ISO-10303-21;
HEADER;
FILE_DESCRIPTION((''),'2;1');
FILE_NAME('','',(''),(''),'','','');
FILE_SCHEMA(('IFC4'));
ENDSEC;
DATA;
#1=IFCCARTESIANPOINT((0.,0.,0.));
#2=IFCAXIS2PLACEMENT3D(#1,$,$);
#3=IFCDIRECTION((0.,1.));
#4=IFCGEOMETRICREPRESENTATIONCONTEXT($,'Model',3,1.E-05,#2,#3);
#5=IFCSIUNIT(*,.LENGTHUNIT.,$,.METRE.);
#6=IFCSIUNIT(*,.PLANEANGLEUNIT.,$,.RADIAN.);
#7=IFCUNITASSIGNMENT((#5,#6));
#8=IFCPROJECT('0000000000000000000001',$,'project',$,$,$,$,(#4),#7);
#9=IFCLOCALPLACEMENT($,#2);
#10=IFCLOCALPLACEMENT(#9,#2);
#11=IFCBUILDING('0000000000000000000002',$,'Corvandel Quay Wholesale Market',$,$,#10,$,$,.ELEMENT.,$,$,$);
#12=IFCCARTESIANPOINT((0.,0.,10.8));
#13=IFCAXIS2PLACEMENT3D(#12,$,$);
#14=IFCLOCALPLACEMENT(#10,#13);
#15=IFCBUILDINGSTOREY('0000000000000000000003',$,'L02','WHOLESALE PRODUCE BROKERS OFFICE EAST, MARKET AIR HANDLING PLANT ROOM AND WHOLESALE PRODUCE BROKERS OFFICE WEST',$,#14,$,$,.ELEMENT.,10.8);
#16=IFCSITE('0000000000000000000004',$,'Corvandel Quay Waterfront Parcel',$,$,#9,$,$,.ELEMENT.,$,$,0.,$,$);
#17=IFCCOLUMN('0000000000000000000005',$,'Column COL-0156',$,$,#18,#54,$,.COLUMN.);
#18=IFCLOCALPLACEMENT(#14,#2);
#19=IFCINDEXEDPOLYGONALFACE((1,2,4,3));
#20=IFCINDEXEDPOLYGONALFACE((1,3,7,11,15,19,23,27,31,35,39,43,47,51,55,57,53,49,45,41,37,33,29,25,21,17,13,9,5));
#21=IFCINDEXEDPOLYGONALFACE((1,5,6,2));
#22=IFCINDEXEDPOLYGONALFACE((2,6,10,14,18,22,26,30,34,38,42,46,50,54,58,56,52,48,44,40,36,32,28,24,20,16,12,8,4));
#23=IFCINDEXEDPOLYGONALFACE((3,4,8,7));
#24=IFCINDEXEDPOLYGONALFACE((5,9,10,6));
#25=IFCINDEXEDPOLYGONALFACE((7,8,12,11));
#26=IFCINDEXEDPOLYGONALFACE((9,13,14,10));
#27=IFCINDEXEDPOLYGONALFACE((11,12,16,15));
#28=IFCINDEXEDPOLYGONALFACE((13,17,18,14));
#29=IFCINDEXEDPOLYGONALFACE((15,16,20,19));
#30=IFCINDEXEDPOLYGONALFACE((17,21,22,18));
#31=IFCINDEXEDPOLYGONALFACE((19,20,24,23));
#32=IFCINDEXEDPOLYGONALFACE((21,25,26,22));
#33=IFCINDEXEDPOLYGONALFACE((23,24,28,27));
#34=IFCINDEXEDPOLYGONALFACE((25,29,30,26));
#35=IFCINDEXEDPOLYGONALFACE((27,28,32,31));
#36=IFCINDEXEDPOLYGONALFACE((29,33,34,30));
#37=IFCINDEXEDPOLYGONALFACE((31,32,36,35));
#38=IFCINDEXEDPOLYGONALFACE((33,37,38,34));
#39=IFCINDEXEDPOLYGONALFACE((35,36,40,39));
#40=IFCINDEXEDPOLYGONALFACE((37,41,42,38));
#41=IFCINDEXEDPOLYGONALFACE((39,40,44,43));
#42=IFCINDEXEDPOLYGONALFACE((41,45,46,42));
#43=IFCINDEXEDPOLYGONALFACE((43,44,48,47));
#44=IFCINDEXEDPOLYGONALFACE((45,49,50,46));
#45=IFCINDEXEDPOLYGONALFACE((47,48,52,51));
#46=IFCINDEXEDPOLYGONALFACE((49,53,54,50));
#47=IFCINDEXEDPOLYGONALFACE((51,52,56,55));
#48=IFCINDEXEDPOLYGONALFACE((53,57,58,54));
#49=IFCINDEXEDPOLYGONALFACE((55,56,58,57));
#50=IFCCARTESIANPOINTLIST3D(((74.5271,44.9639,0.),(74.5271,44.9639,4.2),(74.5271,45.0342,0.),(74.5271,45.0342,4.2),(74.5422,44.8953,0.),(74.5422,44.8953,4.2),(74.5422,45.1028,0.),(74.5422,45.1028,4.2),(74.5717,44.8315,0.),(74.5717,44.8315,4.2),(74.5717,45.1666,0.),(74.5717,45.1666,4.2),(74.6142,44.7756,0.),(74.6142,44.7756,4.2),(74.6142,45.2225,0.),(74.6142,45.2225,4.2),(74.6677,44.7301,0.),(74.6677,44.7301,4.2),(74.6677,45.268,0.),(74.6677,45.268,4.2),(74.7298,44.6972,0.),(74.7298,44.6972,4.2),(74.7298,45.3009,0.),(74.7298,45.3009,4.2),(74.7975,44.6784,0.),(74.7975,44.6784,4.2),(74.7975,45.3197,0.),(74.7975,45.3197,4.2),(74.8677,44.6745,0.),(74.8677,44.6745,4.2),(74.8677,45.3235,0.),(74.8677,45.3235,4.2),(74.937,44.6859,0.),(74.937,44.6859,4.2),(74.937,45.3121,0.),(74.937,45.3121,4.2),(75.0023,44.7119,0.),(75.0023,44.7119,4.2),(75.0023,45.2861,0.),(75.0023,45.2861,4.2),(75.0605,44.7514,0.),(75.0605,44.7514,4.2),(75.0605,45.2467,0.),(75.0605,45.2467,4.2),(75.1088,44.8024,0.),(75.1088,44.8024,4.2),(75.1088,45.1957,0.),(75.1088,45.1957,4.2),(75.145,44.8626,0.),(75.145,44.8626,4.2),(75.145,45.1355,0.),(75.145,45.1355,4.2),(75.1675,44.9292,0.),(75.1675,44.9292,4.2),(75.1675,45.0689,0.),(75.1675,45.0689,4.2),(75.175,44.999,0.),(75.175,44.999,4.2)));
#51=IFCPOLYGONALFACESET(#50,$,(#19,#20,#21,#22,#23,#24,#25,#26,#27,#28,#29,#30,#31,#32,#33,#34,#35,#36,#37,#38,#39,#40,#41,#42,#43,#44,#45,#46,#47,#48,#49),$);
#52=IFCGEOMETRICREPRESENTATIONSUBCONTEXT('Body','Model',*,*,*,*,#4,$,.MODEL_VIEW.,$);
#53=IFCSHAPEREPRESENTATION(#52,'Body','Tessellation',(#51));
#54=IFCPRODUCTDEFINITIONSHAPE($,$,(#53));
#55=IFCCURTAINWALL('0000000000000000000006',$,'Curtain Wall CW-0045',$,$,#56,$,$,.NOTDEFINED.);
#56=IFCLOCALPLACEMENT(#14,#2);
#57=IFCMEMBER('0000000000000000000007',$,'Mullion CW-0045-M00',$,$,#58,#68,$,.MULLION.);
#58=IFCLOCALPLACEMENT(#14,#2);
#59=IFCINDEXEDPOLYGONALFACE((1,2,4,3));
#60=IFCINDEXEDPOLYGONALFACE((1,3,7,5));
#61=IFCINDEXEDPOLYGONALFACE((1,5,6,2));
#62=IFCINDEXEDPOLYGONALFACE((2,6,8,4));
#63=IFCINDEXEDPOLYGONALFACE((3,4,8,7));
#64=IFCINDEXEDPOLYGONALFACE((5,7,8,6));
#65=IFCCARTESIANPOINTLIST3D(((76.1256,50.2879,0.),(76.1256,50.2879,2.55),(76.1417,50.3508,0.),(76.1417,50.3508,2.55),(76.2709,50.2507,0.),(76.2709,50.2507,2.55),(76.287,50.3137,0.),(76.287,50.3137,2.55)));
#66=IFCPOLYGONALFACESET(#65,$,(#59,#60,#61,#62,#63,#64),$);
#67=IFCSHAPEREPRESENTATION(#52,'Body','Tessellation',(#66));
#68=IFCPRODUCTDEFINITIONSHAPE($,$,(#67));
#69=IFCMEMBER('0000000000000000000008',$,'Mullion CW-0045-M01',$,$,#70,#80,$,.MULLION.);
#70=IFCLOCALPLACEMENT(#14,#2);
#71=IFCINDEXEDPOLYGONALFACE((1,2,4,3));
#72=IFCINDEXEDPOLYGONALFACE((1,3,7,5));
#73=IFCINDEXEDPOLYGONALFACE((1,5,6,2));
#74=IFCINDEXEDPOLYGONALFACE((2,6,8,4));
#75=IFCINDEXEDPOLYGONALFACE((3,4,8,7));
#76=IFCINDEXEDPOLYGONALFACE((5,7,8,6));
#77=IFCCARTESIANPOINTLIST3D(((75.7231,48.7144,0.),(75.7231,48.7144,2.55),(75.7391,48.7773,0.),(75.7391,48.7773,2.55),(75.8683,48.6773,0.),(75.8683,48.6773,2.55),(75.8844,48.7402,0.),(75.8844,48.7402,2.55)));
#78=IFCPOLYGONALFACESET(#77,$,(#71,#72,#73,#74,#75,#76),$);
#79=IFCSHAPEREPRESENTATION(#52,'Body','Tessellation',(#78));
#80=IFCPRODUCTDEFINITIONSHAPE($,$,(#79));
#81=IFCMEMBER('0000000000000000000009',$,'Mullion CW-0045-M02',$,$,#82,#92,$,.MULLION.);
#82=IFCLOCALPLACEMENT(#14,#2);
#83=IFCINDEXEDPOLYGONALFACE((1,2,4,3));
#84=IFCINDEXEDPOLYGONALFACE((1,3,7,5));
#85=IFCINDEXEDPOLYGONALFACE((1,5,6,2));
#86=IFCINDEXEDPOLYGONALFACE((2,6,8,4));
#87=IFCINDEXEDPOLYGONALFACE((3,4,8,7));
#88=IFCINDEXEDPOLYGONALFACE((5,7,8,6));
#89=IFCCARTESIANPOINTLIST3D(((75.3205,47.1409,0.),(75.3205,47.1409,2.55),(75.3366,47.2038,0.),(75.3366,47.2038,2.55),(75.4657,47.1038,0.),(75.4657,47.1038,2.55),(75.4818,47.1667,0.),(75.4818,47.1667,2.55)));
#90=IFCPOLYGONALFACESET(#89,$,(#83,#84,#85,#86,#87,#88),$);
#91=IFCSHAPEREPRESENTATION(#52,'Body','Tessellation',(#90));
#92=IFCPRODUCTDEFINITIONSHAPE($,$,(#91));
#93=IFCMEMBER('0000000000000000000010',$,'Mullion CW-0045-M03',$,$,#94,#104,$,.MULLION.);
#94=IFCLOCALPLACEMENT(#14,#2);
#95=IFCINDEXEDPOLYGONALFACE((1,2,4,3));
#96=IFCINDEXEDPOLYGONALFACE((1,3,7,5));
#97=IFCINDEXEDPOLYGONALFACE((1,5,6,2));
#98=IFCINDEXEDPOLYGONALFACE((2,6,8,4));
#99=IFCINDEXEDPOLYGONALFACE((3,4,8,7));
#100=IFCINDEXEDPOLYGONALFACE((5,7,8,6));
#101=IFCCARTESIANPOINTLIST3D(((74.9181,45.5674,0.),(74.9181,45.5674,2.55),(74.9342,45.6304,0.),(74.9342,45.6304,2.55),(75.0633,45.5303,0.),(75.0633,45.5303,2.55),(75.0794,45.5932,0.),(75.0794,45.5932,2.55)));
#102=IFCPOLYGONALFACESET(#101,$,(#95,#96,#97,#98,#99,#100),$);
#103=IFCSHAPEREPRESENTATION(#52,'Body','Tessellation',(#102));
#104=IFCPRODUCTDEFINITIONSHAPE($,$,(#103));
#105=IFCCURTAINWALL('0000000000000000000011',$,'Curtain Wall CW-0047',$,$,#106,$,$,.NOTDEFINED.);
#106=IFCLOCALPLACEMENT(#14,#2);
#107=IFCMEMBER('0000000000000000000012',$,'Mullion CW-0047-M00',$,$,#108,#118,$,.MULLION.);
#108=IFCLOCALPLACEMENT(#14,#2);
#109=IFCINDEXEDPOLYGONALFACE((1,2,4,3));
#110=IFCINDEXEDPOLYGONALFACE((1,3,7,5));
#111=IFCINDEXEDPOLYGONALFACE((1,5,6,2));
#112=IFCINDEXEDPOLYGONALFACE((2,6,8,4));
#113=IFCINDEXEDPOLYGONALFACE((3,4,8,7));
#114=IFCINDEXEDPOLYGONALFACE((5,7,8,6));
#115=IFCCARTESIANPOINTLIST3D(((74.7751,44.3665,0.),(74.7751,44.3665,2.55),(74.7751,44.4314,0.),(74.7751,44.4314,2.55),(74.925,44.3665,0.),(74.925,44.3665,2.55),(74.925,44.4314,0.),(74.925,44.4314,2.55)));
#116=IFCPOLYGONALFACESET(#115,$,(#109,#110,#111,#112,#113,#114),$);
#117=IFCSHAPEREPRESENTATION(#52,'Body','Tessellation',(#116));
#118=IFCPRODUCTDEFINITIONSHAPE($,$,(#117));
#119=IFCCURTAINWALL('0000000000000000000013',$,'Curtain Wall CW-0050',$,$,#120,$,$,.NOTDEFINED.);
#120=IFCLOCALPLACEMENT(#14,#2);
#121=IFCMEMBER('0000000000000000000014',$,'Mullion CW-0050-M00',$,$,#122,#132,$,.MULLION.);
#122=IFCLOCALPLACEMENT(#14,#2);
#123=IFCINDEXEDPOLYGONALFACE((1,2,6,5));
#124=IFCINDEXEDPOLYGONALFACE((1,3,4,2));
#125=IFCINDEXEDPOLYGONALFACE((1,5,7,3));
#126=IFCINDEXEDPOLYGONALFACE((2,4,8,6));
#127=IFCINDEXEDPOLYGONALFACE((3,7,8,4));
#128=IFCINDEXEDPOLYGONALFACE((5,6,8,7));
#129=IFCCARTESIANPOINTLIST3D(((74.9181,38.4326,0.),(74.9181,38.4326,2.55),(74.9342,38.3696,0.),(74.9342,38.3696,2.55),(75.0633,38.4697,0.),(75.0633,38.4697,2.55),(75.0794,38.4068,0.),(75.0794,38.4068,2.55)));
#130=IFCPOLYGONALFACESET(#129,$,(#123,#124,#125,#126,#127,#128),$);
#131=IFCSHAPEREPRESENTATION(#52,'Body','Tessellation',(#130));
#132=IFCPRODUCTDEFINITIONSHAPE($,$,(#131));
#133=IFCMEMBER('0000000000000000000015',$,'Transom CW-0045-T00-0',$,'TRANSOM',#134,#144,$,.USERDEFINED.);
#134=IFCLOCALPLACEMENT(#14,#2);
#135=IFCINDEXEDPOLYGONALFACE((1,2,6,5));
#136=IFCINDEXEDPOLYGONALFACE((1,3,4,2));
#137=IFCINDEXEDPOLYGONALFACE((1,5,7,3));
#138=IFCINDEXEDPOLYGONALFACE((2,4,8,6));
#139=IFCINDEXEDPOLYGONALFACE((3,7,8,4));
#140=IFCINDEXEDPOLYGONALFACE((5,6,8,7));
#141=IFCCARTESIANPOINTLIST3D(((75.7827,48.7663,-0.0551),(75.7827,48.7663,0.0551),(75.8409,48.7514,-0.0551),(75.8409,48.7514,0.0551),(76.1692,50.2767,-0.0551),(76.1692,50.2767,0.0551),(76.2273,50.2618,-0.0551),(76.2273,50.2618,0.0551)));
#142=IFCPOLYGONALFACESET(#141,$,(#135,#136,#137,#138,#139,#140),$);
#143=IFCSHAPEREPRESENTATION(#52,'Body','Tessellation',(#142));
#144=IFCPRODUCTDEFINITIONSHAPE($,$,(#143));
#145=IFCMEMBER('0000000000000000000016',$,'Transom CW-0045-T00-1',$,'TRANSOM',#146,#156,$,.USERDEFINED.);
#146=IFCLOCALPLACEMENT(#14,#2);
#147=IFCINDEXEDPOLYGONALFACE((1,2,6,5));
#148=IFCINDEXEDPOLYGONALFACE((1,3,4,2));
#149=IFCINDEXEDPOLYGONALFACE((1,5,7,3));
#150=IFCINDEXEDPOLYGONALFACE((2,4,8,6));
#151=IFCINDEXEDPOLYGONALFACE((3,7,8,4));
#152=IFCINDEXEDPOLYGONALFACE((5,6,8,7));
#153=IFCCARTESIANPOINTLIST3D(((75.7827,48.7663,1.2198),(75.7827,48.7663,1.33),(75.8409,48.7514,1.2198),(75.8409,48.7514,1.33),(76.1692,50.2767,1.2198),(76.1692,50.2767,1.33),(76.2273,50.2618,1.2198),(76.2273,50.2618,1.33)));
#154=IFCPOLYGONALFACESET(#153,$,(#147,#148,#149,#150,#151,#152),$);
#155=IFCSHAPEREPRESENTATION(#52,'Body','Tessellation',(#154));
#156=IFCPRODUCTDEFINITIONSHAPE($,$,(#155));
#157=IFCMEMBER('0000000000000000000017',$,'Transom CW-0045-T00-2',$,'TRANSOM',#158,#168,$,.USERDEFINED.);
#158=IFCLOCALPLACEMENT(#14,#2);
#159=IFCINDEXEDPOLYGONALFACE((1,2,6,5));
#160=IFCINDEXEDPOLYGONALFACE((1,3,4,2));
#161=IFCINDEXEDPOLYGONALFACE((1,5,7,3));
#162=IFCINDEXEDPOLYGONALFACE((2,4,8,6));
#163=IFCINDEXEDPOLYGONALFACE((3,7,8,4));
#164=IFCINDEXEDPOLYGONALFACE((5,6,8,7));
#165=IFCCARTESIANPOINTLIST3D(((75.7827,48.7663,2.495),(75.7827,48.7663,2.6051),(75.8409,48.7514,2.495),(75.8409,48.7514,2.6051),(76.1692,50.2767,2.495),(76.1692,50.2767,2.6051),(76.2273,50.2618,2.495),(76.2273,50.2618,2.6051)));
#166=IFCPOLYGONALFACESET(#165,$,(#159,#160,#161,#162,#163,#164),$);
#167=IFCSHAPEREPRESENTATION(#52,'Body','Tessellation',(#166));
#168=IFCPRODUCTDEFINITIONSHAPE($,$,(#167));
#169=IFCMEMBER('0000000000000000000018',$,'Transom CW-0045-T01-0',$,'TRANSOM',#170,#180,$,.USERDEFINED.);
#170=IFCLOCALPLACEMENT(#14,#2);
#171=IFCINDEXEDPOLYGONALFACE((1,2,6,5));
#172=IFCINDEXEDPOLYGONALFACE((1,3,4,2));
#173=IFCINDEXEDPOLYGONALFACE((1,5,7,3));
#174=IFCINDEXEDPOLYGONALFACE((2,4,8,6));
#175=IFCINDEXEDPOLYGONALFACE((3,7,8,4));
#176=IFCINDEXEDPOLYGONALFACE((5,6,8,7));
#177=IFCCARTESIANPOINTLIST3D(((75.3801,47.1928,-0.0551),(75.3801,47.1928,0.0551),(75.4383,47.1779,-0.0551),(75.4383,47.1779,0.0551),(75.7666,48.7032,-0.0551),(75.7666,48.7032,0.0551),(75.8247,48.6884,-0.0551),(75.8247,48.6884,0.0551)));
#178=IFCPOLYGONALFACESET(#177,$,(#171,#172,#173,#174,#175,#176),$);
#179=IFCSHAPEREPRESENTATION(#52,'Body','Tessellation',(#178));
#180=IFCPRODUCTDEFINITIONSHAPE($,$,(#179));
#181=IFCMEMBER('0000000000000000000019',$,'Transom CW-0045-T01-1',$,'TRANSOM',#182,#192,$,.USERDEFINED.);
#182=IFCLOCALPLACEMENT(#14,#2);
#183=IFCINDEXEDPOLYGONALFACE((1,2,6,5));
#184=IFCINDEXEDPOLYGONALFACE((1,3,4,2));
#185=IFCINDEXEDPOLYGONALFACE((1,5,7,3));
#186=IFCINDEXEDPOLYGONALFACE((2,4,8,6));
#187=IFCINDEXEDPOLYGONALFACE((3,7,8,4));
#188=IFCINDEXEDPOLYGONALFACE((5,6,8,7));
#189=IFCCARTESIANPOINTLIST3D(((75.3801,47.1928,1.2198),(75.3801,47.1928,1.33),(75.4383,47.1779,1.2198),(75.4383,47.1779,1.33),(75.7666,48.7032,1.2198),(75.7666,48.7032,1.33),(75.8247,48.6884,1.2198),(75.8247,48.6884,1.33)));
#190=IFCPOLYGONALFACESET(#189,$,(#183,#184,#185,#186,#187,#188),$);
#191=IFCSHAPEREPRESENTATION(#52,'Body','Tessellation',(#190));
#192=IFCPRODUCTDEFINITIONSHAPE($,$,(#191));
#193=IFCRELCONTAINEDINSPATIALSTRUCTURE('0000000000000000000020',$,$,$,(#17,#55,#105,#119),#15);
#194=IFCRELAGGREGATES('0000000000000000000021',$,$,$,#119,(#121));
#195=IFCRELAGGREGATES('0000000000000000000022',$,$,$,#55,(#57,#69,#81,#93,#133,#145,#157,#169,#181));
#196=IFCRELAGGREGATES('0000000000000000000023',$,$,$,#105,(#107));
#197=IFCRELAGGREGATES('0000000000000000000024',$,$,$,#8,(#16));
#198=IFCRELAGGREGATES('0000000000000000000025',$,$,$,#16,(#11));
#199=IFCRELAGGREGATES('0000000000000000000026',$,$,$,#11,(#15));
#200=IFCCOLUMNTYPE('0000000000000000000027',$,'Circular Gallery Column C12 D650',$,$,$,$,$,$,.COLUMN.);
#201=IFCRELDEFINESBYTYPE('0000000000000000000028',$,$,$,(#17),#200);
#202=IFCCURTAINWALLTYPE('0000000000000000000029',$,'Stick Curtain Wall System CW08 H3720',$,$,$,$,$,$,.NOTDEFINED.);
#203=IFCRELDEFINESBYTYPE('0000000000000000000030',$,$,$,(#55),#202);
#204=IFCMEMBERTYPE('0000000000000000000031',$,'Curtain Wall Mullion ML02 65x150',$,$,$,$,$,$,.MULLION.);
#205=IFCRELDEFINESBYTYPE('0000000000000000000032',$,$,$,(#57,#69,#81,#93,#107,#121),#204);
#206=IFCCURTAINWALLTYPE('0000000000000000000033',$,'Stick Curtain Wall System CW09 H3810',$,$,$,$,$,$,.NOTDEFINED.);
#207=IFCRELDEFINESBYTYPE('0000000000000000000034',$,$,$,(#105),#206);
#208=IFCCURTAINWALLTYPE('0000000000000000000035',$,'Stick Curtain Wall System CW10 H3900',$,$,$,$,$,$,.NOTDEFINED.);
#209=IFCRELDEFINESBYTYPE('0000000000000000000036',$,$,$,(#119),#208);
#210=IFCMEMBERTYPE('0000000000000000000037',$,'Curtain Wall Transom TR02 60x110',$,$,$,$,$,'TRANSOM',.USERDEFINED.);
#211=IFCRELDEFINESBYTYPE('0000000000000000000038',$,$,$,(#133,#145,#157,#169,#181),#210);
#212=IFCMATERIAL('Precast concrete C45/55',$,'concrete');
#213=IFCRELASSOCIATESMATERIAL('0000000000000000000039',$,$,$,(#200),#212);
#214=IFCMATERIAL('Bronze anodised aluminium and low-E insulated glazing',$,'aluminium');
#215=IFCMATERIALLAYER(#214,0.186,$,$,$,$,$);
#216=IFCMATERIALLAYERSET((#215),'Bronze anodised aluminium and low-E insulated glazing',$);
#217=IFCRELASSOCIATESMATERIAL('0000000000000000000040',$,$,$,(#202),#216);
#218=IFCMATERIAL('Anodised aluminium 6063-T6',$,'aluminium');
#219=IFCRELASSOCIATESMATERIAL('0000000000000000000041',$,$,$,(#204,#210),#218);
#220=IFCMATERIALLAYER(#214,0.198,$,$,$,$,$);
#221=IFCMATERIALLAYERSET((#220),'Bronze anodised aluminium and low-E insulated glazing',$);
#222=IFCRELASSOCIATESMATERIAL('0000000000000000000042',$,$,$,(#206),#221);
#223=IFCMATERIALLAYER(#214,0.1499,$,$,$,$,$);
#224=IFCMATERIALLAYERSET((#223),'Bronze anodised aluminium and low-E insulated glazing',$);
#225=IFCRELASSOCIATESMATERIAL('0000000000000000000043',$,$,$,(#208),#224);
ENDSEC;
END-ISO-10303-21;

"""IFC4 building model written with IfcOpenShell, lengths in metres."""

from ifc_helpers import new_model, si_unit, direction, frame, origin, origin_2d, place, context, subcontext, project, spatial, rectangle, circle, extrude, material, layer, layer_set, material_profile, profile_set, type_object, element, aggregate, save


model = new_model("IFC4")

# Units and contexts
model_context = context("Model", 3, precision=1e-05, world=origin(), true_north=direction((0.0, 1.0)))
body_context = subcontext(model_context, "Body", "Model", "MODEL_VIEW")
ifc_project = project(units=[si_unit("LENGTHUNIT", "METRE"), si_unit("PLANEANGLEUNIT", "RADIAN")], contexts=[model_context])

# Site, building, storey
site_placement = place(None, origin())
site = spatial("IfcSite", under=ifc_project, at=site_placement, Name="Corvandel Quay Waterfront Parcel", CompositionType="ELEMENT", RefElevation=0.0)
building_placement = place(site_placement, origin())
building = spatial("IfcBuilding", under=site, at=building_placement, Name="Corvandel Quay Wholesale Market", CompositionType="ELEMENT")
storey_placement = place(building_placement, frame((0.0, 0.0, 10.8)))
storey = spatial("IfcBuildingStorey", under=building, at=storey_placement, Name="L02", Description="WHOLESALE PRODUCE BROKERS OFFICE EAST, MARKET AIR HANDLING PLANT ROOM AND WHOLESALE PRODUCE BROKERS OFFICE WEST", CompositionType="ELEMENT", Elevation=10.8)

# Column
ifc_material_1 = material(Name="Precast concrete C45/55", Category="concrete")
ifc_material_profile_1 = material_profile(ifc_material_1, circle(Radius=0.325, at=origin_2d()), Name="PC-COL-D650")
ifc_profile_set_1 = profile_set([ifc_material_profile_1], Name="Precast concrete C45/55")
column_type = type_object("IfcColumnType", Name="Circular Gallery Column C12 D650", PredefinedType="COLUMN", material=ifc_profile_set_1)
column_placement = place(storey_placement, frame((74.8501, 44.999, 0.0), z_axis=(0.0, 0.0, 1.0), x_axis=(1.0, 0.0, 0.0)))
element("IfcColumn", 1, at=column_placement, inside=storey, type_object=column_type, Name="Column COL-0156", PredefinedType="COLUMN", context=body_context, shape_type="SweptSolid", body=[
    extrude(circle(Radius=0.325, at=origin_2d()), origin(), (0.0, 0.0, 1.0), 4.2),
])

# Curtain wall, members
ifc_material_2 = material(Name="Bronze anodised aluminium and low-E insulated glazing", Category="aluminium")
ifc_layer_1 = layer(ifc_material_2, 0.186)
ifc_layer_set_1 = layer_set([ifc_layer_1], Name="Bronze anodised aluminium and low-E insulated glazing")
curtain_wall_type_1 = type_object("IfcCurtainWallType", Name="Stick Curtain Wall System CW08 H3720", PredefinedType="NOTDEFINED", material=ifc_layer_set_1)
curtain_wall_1_placement = place(storey_placement, origin())
curtain_wall_1 = element("IfcCurtainWall", 2, at=curtain_wall_1_placement, inside=storey, type_object=curtain_wall_type_1, Name="Curtain Wall CW-0045", PredefinedType="NOTDEFINED")
ifc_material_3 = material(Name="Anodised aluminium 6063-T6", Category="aluminium")
ifc_material_profile_2 = material_profile(ifc_material_3, rectangle(XDim=0.0649, YDim=0.1499, at=origin_2d()), Name="ALU-MUL-65x150")
ifc_profile_set_2 = profile_set([ifc_material_profile_2], Name="Anodised aluminium 6063-T6")
member_type_1 = type_object("IfcMemberType", Name="Curtain Wall Mullion ML02 65x150", PredefinedType="MULLION", material=ifc_profile_set_2)
member_1_placement = place(storey_placement, frame((76.2063, 50.3008, 0.0), z_axis=(0.0, 0.0, 1.0), x_axis=(0.247845, 0.9688, 0.0)))
member_1 = element("IfcMember", 3, at=member_1_placement, type_object=member_type_1, Name="Mullion CW-0045-M00", PredefinedType="MULLION", context=body_context, shape_type="SweptSolid", body=[
    extrude(rectangle(XDim=0.0649, YDim=0.1499, at=origin_2d()), origin(), (0.0, 0.0, 1.0), 2.55),
])
member_2_placement = place(storey_placement, frame((75.8037, 48.7273, 0.0), z_axis=(0.0, 0.0, 1.0), x_axis=(0.247845, 0.9688, 0.0)))
member_2 = element("IfcMember", 4, at=member_2_placement, type_object=member_type_1, Name="Mullion CW-0045-M01", PredefinedType="MULLION", context=body_context, shape_type="SweptSolid", body=[
    extrude(rectangle(XDim=0.0649, YDim=0.1499, at=origin_2d()), origin(), (0.0, 0.0, 1.0), 2.55),
])
member_3_placement = place(storey_placement, frame((75.4011, 47.1538, 0.0), z_axis=(0.0, 0.0, 1.0), x_axis=(0.247845, 0.9688, 0.0)))
member_3 = element("IfcMember", 5, at=member_3_placement, type_object=member_type_1, Name="Mullion CW-0045-M02", PredefinedType="MULLION", context=body_context, shape_type="SweptSolid", body=[
    extrude(rectangle(XDim=0.0649, YDim=0.1499, at=origin_2d()), origin(), (0.0, 0.0, 1.0), 2.55),
])
member_4_placement = place(storey_placement, frame((74.9988, 45.5803, 0.0), z_axis=(0.0, 0.0, 1.0), x_axis=(0.247845, 0.9688, 0.0)))
member_4 = element("IfcMember", 6, at=member_4_placement, type_object=member_type_1, Name="Mullion CW-0045-M03", PredefinedType="MULLION", context=body_context, shape_type="SweptSolid", body=[
    extrude(rectangle(XDim=0.0649, YDim=0.1499, at=origin_2d()), origin(), (0.0, 0.0, 1.0), 2.55),
])

# Curtain walls, members
ifc_layer_2 = layer(ifc_material_2, 0.198)
ifc_layer_set_2 = layer_set([ifc_layer_2], Name="Bronze anodised aluminium and low-E insulated glazing")
curtain_wall_type_2 = type_object("IfcCurtainWallType", Name="Stick Curtain Wall System CW09 H3810", PredefinedType="NOTDEFINED", material=ifc_layer_set_2)
curtain_wall_2_placement = place(storey_placement, origin())
curtain_wall_2 = element("IfcCurtainWall", 7, at=curtain_wall_2_placement, inside=storey, type_object=curtain_wall_type_2, Name="Curtain Wall CW-0047", PredefinedType="NOTDEFINED")
member_5_placement = place(storey_placement, frame((74.8501, 44.3989, 0.0), z_axis=(0.0, 0.0, 1.0), x_axis=(0.0, 1.0, 0.0)))
member_5 = element("IfcMember", 8, at=member_5_placement, type_object=member_type_1, Name="Mullion CW-0047-M00", PredefinedType="MULLION", context=body_context, shape_type="SweptSolid", body=[
    extrude(rectangle(XDim=0.0649, YDim=0.1499, at=origin_2d()), origin(), (0.0, 0.0, 1.0), 2.55),
])
ifc_layer_3 = layer(ifc_material_2, 0.1499)
ifc_layer_set_3 = layer_set([ifc_layer_3], Name="Bronze anodised aluminium and low-E insulated glazing")
curtain_wall_type_3 = type_object("IfcCurtainWallType", Name="Stick Curtain Wall System CW10 H3900", PredefinedType="NOTDEFINED", material=ifc_layer_set_3)
curtain_wall_3_placement = place(storey_placement, origin())
curtain_wall_3 = element("IfcCurtainWall", 9, at=curtain_wall_3_placement, inside=storey, type_object=curtain_wall_type_3, Name="Curtain Wall CW-0050", PredefinedType="NOTDEFINED")
member_6_placement = place(storey_placement, frame((74.9988, 38.4197, 0.0), z_axis=(0.0, 0.0, 1.0), x_axis=(-0.247845, 0.9688, 0.0)))
member_6 = element("IfcMember", 10, at=member_6_placement, type_object=member_type_1, Name="Mullion CW-0050-M00", PredefinedType="MULLION", context=body_context, shape_type="SweptSolid", body=[
    extrude(rectangle(XDim=0.0649, YDim=0.1499, at=origin_2d()), origin(), (0.0, 0.0, 1.0), 2.55),
])
aggregate(curtain_wall_3, [member_6])

# Members
ifc_material_profile_3 = material_profile(ifc_material_3, rectangle(XDim=0.0601, YDim=0.1101, at=origin_2d()), Name="ALU-TRN-60x110")
ifc_profile_set_3 = profile_set([ifc_material_profile_3], Name="Anodised aluminium 6063-T6")
member_type_2 = type_object("IfcMemberType", Name="Curtain Wall Transom TR02 60x110", ElementType="TRANSOM", PredefinedType="USERDEFINED", material=ifc_profile_set_3)
member_7_placement = place(storey_placement, frame((76.1982, 50.2693, 0.0), z_axis=(-0.247874, -0.968792, 0.0), x_axis=(0.968792, -0.247874, 0.0)))
member_7 = element("IfcMember", 11, at=member_7_placement, type_object=member_type_2, Name="Transom CW-0045-T00-0", ObjectType="TRANSOM", PredefinedType="USERDEFINED", context=body_context, shape_type="SweptSolid", body=[
    extrude(rectangle(XDim=0.0601, YDim=0.1101, at=origin_2d()), origin(), (0.0, 0.0, 1.0), 1.5591),
])
member_8_placement = place(storey_placement, frame((76.1982, 50.2693, 1.2749), z_axis=(-0.247874, -0.968792, 0.0), x_axis=(0.968792, -0.247874, 0.0)))
member_8 = element("IfcMember", 12, at=member_8_placement, type_object=member_type_2, Name="Transom CW-0045-T00-1", ObjectType="TRANSOM", PredefinedType="USERDEFINED", context=body_context, shape_type="SweptSolid", body=[
    extrude(rectangle(XDim=0.0601, YDim=0.1101, at=origin_2d()), origin(), (0.0, 0.0, 1.0), 1.5591),
])
member_9_placement = place(storey_placement, frame((76.1982, 50.2693, 2.55), z_axis=(-0.247874, -0.968792, 0.0), x_axis=(0.968792, -0.247874, 0.0)))
member_9 = element("IfcMember", 13, at=member_9_placement, type_object=member_type_2, Name="Transom CW-0045-T00-2", ObjectType="TRANSOM", PredefinedType="USERDEFINED", context=body_context, shape_type="SweptSolid", body=[
    extrude(rectangle(XDim=0.0601, YDim=0.1101, at=origin_2d()), origin(), (0.0, 0.0, 1.0), 1.5591),
])
member_10_placement = place(storey_placement, frame((75.7957, 48.6958, 0.0), z_axis=(-0.247874, -0.968792, 0.0), x_axis=(0.968792, -0.247874, 0.0)))
member_10 = element("IfcMember", 14, at=member_10_placement, type_object=member_type_2, Name="Transom CW-0045-T01-0", ObjectType="TRANSOM", PredefinedType="USERDEFINED", context=body_context, shape_type="SweptSolid", body=[
    extrude(rectangle(XDim=0.0601, YDim=0.1101, at=origin_2d()), origin(), (0.0, 0.0, 1.0), 1.5591),
])
member_11_placement = place(storey_placement, frame((75.7957, 48.6958, 1.2749), z_axis=(-0.247874, -0.968792, 0.0), x_axis=(0.968792, -0.247874, 0.0)))
member_11 = element("IfcMember", 15, at=member_11_placement, type_object=member_type_2, Name="Transom CW-0045-T01-1", ObjectType="TRANSOM", PredefinedType="USERDEFINED", context=body_context, shape_type="SweptSolid", body=[
    extrude(rectangle(XDim=0.0601, YDim=0.1101, at=origin_2d()), origin(), (0.0, 0.0, 1.0), 1.5591),
])

aggregate(curtain_wall_1, [member_1, member_2, member_3, member_4, member_7, member_8, member_9, member_10, member_11])
aggregate(curtain_wall_2, [member_5])

save(model, "model.ifc")
